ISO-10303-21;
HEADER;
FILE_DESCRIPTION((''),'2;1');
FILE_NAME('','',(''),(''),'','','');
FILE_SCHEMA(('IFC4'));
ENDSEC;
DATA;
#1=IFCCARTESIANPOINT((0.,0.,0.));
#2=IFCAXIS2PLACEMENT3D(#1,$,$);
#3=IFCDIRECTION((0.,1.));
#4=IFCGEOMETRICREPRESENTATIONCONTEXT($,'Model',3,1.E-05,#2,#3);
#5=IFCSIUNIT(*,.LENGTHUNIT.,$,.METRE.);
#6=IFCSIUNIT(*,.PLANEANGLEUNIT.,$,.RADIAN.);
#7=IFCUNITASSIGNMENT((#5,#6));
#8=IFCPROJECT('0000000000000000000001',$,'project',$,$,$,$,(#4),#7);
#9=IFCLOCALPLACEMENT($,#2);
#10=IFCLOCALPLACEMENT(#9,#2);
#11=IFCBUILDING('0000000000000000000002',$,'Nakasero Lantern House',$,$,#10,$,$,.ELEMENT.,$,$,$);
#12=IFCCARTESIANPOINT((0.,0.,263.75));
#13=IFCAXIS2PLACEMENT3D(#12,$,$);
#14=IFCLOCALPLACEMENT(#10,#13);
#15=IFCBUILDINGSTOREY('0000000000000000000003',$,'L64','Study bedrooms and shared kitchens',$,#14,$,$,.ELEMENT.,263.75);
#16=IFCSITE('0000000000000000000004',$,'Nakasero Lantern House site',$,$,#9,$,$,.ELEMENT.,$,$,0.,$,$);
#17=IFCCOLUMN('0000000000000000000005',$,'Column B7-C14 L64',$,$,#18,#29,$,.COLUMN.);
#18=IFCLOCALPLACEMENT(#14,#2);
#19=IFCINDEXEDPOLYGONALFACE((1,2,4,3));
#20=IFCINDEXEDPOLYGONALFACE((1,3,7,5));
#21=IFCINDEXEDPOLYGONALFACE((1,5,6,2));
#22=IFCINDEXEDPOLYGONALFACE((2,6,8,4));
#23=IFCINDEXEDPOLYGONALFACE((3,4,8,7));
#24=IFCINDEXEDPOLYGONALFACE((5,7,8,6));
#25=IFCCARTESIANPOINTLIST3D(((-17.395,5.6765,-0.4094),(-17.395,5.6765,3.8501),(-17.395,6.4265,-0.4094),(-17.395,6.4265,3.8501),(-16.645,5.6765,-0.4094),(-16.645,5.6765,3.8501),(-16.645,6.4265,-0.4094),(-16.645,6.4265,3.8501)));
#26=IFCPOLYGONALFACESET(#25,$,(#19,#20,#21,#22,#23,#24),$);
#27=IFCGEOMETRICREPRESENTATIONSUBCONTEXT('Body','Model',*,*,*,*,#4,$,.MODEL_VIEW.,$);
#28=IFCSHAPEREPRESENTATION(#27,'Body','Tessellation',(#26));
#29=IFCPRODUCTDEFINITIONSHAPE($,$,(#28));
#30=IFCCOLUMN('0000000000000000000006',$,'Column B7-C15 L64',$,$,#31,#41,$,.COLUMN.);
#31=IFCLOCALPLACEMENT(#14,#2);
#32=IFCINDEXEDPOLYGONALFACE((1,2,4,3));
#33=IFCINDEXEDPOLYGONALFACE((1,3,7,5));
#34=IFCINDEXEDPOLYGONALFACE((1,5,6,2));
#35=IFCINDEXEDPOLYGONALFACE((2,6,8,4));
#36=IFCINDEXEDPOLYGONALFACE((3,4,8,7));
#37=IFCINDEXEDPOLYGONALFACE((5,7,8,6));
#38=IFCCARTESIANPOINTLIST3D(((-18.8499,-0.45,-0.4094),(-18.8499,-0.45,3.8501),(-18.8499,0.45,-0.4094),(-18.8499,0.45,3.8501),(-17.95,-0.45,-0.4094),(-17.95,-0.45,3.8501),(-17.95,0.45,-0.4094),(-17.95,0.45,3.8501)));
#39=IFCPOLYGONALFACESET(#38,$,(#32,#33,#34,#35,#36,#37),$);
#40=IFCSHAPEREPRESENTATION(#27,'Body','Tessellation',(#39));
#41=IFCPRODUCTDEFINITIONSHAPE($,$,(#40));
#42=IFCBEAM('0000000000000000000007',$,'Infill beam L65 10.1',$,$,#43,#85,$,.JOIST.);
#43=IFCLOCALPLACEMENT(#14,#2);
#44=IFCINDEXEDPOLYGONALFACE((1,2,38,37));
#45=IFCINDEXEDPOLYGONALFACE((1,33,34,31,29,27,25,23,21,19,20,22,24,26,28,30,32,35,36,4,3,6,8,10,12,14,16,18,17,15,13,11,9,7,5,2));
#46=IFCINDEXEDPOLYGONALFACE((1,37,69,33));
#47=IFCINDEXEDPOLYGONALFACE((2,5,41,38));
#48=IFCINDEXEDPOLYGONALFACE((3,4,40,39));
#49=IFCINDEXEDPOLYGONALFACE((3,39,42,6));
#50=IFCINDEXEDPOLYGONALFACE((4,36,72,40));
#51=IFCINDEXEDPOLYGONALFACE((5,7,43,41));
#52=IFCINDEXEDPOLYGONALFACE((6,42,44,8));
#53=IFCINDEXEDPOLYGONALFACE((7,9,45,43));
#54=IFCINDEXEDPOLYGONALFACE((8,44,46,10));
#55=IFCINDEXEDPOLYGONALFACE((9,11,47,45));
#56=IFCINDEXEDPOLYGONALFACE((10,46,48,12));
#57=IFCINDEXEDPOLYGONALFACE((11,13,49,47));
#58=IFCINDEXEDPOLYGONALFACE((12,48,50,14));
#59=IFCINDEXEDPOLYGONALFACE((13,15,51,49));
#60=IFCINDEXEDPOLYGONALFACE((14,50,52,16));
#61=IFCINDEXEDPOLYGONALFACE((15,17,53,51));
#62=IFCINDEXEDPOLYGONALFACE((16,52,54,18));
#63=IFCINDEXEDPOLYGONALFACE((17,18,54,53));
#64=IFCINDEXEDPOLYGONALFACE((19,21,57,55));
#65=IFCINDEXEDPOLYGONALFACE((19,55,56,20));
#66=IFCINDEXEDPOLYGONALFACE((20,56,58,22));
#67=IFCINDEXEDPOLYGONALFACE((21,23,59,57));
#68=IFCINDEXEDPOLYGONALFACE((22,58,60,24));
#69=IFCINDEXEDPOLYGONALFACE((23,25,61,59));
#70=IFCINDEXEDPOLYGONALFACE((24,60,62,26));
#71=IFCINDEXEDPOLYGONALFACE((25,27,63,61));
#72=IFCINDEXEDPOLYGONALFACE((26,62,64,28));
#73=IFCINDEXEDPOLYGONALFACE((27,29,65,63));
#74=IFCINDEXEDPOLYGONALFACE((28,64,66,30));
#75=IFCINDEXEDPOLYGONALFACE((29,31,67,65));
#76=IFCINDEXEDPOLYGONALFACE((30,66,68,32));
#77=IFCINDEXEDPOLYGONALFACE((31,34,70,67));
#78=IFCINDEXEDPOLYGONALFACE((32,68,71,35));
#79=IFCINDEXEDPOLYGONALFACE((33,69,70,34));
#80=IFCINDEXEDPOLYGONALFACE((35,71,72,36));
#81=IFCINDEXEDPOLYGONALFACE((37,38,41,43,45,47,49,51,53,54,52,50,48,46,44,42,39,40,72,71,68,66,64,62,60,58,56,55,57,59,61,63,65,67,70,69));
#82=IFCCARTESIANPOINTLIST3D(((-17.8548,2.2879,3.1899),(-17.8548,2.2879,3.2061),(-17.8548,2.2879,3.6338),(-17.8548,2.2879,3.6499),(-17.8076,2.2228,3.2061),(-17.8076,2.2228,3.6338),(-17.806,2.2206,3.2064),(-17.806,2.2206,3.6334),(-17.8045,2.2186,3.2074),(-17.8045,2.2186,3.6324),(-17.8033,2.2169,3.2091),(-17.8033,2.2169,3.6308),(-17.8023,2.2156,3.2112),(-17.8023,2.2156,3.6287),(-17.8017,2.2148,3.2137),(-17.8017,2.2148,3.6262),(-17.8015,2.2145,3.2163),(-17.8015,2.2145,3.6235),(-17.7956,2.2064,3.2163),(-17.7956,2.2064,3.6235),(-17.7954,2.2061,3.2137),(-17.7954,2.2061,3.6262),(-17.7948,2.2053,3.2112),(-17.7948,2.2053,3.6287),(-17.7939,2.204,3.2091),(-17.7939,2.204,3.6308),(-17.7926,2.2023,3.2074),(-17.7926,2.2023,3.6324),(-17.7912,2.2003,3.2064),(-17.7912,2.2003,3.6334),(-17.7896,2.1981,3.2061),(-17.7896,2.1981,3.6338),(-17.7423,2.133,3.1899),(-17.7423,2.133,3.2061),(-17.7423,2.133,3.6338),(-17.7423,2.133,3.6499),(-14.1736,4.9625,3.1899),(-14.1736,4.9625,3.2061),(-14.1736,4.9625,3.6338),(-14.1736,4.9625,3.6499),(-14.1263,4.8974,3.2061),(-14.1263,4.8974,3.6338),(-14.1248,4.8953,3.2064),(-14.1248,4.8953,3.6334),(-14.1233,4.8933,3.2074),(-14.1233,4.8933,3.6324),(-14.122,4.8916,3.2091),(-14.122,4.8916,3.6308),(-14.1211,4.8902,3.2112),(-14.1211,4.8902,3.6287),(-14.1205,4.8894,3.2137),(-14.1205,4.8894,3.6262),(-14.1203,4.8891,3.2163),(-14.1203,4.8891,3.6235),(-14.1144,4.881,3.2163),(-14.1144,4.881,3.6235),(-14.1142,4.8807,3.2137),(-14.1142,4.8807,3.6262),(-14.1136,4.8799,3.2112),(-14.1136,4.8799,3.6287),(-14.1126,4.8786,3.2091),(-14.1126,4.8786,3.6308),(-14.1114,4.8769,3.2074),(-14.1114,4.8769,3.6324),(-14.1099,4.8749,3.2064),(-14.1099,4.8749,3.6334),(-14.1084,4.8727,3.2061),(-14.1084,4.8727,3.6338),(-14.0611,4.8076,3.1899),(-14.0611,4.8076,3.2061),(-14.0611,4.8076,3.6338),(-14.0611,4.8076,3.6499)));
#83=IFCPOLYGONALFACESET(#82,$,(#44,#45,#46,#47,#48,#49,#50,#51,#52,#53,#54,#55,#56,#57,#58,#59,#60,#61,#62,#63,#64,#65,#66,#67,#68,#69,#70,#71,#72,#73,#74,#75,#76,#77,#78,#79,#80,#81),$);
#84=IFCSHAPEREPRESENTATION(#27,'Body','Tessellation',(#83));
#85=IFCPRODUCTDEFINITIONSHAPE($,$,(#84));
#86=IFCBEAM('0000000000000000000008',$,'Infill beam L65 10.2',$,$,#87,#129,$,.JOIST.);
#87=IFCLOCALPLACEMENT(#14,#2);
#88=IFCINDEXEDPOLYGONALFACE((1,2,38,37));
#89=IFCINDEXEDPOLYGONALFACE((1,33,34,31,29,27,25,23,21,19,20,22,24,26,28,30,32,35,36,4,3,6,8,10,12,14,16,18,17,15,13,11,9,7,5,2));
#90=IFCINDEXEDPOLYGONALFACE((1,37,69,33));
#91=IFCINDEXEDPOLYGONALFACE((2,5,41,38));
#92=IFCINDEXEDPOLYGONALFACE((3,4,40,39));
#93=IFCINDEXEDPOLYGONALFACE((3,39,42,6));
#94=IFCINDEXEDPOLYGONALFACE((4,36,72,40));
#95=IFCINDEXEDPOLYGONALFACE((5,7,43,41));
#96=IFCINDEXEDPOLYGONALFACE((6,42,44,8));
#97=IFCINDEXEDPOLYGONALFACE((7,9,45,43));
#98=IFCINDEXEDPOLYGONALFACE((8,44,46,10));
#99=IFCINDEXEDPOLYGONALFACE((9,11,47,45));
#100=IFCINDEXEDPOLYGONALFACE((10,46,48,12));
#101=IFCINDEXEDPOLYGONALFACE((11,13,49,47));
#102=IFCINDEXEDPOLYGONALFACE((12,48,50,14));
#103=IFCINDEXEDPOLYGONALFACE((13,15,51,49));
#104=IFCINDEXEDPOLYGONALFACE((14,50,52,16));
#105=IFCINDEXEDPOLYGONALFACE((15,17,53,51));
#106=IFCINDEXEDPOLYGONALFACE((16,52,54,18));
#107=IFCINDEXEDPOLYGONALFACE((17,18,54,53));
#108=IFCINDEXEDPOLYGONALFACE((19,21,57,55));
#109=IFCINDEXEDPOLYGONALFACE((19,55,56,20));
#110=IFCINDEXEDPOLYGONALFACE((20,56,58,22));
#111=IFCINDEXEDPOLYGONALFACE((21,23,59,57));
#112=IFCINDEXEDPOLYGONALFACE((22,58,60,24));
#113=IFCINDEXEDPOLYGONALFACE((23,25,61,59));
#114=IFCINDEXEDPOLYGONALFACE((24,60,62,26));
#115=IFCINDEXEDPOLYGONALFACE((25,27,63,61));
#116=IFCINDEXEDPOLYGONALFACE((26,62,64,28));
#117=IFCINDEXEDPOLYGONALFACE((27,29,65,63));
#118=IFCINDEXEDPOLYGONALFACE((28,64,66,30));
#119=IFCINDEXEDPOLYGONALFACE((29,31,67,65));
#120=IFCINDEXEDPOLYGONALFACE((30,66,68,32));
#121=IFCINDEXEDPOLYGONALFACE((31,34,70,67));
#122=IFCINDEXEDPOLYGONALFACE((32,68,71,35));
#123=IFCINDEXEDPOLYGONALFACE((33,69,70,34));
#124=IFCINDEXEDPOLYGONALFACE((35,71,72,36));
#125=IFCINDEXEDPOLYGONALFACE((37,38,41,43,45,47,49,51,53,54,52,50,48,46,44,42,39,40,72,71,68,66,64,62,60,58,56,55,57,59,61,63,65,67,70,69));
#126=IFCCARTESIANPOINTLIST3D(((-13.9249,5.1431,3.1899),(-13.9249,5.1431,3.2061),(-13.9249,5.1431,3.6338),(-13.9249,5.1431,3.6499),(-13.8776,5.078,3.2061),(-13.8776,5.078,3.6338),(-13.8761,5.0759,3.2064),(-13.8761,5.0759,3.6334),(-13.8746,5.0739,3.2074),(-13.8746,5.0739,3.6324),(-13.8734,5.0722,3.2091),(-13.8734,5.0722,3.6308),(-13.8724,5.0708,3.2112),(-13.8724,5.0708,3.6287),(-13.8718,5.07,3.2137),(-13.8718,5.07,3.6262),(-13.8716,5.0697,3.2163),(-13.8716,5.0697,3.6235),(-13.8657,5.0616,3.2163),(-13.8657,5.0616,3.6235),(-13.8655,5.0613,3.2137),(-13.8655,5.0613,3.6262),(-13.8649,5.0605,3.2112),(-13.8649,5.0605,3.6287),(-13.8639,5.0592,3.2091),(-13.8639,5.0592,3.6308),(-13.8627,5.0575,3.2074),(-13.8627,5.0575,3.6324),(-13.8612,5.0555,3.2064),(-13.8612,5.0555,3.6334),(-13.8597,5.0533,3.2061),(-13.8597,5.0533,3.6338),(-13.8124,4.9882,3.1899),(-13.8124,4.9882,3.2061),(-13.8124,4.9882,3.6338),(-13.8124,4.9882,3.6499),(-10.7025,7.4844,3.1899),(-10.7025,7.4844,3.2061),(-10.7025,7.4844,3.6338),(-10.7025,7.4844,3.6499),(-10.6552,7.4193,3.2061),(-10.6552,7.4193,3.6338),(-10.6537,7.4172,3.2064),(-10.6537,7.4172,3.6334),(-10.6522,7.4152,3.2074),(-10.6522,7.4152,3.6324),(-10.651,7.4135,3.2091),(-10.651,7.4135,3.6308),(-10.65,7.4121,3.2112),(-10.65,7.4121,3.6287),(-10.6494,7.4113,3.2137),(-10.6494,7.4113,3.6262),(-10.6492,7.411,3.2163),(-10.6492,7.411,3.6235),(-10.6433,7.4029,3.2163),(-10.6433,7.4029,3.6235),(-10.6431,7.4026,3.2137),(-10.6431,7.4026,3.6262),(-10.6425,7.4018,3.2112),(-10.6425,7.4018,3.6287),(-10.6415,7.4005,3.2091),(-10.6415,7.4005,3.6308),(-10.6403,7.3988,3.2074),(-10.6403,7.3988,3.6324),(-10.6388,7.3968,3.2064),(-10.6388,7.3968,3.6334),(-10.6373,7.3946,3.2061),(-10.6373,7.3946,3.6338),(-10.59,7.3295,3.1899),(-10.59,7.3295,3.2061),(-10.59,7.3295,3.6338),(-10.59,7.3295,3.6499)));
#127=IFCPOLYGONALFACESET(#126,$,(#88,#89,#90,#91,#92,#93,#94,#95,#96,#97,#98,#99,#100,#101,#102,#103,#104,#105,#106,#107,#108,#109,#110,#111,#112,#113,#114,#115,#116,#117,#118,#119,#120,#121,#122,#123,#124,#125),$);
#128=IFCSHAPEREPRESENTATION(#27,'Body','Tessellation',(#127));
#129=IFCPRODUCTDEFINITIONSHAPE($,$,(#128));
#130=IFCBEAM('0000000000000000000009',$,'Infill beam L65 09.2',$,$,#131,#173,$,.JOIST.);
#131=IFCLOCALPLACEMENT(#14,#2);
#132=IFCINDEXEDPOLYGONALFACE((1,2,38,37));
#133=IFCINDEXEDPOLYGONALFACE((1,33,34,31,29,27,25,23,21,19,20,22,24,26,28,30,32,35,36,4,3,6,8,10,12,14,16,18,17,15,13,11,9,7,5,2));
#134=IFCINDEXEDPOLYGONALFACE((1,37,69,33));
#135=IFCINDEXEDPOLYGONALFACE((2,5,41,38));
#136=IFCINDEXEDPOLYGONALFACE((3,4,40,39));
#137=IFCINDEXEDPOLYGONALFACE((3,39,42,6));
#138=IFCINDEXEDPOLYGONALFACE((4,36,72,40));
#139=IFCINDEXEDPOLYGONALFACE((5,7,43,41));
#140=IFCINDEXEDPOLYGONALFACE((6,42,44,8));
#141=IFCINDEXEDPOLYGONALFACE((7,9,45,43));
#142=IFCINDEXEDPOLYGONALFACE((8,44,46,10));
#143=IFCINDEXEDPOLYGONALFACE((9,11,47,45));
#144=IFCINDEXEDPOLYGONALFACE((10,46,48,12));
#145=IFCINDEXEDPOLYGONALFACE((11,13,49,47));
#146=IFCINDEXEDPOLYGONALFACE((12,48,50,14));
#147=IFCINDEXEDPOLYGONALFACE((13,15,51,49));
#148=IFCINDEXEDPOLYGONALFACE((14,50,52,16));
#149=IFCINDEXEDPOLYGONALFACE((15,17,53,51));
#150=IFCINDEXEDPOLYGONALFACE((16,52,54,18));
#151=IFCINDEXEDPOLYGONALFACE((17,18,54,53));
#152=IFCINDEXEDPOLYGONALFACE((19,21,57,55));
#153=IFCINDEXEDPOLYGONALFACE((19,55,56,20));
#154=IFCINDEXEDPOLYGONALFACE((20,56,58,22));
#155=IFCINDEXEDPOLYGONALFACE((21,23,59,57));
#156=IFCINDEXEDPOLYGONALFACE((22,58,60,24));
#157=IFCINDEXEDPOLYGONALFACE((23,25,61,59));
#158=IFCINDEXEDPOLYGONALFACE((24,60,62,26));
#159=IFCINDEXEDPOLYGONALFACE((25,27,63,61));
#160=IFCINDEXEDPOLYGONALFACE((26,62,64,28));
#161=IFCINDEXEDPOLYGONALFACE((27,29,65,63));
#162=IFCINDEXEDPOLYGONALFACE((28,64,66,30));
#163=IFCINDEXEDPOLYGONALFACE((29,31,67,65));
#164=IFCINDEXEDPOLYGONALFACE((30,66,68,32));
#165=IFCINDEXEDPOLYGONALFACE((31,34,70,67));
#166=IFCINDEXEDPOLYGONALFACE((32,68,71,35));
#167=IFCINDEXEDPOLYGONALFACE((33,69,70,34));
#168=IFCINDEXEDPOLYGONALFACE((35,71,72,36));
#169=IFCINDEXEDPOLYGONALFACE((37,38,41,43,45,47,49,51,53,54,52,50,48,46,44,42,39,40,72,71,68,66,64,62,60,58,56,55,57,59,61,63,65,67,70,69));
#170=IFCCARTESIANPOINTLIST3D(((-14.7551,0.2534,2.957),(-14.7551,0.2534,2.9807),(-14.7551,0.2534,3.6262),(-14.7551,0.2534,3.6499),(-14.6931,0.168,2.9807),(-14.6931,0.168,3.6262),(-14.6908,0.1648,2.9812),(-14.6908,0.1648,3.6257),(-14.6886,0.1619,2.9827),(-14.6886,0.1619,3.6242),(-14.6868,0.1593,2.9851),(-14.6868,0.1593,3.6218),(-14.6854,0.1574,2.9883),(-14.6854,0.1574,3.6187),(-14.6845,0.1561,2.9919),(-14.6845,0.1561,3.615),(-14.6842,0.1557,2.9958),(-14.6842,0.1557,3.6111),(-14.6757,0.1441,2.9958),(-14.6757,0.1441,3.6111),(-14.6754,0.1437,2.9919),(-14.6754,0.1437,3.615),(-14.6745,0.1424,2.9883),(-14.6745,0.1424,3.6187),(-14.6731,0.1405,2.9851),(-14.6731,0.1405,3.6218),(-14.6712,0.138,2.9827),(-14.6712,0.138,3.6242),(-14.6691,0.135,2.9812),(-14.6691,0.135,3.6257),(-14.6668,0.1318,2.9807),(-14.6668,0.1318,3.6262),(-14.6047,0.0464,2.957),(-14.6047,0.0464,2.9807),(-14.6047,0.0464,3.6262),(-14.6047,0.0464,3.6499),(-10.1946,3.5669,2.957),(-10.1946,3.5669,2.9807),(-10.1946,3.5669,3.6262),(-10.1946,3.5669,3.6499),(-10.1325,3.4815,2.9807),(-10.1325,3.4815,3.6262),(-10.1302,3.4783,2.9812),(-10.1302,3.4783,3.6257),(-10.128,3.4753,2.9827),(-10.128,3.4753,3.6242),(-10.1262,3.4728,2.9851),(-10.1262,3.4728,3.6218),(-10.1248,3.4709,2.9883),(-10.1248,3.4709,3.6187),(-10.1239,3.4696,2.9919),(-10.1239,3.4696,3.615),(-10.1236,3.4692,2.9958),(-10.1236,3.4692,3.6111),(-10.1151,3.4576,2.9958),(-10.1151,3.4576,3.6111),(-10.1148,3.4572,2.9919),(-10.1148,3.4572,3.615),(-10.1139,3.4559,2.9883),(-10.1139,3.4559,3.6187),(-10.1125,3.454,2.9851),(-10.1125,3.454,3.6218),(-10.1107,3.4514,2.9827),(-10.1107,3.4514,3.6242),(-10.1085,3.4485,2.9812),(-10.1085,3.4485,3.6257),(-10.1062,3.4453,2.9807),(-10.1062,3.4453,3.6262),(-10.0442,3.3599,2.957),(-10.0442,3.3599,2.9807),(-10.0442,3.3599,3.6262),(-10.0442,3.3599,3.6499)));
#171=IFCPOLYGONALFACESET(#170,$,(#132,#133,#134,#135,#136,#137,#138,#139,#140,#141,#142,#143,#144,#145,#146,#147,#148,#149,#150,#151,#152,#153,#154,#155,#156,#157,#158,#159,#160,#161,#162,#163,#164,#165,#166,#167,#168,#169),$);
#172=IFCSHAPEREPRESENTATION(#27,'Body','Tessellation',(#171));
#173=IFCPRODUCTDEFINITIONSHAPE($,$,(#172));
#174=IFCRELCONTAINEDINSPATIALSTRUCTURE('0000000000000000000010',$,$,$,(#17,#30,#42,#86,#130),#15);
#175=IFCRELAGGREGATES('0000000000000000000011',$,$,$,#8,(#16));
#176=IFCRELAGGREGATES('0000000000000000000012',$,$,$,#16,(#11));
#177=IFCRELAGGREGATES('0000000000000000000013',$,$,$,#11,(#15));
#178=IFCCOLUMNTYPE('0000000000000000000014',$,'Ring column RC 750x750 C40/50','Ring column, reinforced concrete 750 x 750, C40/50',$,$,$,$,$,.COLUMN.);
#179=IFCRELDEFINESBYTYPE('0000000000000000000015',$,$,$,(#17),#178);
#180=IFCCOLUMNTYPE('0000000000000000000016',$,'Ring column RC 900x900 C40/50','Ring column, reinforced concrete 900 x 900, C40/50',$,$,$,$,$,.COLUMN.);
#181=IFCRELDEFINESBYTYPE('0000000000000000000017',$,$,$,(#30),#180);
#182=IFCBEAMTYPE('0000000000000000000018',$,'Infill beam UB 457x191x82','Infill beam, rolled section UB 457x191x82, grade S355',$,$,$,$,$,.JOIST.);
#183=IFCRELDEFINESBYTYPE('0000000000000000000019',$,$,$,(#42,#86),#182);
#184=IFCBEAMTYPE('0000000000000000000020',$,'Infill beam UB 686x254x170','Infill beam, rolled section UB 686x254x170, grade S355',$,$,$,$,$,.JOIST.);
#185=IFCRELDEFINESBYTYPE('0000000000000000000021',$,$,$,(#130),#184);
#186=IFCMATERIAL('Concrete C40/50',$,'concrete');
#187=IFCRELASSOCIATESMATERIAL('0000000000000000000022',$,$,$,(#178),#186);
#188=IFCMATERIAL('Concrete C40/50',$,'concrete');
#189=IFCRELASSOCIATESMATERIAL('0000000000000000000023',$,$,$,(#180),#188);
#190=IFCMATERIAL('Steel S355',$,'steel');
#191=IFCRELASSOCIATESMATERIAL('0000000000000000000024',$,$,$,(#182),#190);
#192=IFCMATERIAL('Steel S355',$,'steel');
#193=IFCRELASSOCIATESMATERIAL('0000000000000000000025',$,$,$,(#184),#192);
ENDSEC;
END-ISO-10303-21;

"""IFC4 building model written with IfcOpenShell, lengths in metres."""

from ifc_helpers import new_model, si_unit, direction, frame, origin, origin_2d, place, context, subcontext, project, spatial, rectangle, i_section, extrude, material, material_profile, profile_set, type_object, element, save


model = new_model("IFC4")

# Units and contexts
model_context = context("Model", 3, precision=1e-05, world=origin(), true_north=direction((0.0, 1.0)))
body_context = subcontext(model_context, "Body", "Model", "MODEL_VIEW")
ifc_project = project(units=[si_unit("LENGTHUNIT", "METRE"), si_unit("PLANEANGLEUNIT", "RADIAN")], contexts=[model_context])

# Site, building, storey
site_placement = place(None, origin())
site = spatial("IfcSite", under=ifc_project, at=site_placement, Name="Nakasero Lantern House site", CompositionType="ELEMENT", RefElevation=0.0)
building_placement = place(site_placement, origin())
building = spatial("IfcBuilding", under=site, at=building_placement, Name="Nakasero Lantern House", CompositionType="ELEMENT")
storey_placement = place(building_placement, frame((0.0, 0.0, 263.75)))
storey = spatial("IfcBuildingStorey", under=building, at=storey_placement, Name="L64", Description="Study bedrooms and shared kitchens", CompositionType="ELEMENT", Elevation=263.75)

# Columns
ifc_material_1 = material(Name="Concrete C40/50", Category="concrete")
ifc_material_profile_1 = material_profile(ifc_material_1, rectangle(XDim=0.75, YDim=0.75, at=origin_2d()), Name="RC 750x750")
ifc_profile_set_1 = profile_set([ifc_material_profile_1], Name="Concrete C40/50")
column_type_1 = type_object("IfcColumnType", Name="Ring column RC 750x750 C40/50", Description="Ring column, reinforced concrete 750 x 750, C40/50", PredefinedType="COLUMN", material=ifc_profile_set_1)
column_1_placement = place(storey_placement, frame((-17.02, 6.0515, -0.4094), z_axis=(0.0, 0.0, 1.0), x_axis=(1.0, 0.0, 0.0)))
element("IfcColumn", 1, at=column_1_placement, inside=storey, type_object=column_type_1, Name="Column B7-C14 L64", PredefinedType="COLUMN", context=body_context, shape_type="SweptSolid", body=[
    extrude(rectangle(XDim=0.75, YDim=0.75, at=origin_2d()), origin(), (0.0, 0.0, 1.0), 4.2595),
])
ifc_material_2 = material(Name="Concrete C40/50", Category="concrete")
ifc_material_profile_2 = material_profile(ifc_material_2, rectangle(XDim=0.8999, YDim=0.8999, at=origin_2d()), Name="RC 900x900")
ifc_profile_set_2 = profile_set([ifc_material_profile_2], Name="Concrete C40/50")
column_type_2 = type_object("IfcColumnType", Name="Ring column RC 900x900 C40/50", Description="Ring column, reinforced concrete 900 x 900, C40/50", PredefinedType="COLUMN", material=ifc_profile_set_2)
column_2_placement = place(storey_placement, frame((-18.3999, 0.0, -0.4094), z_axis=(0.0, 0.0, 1.0), x_axis=(1.0, 0.0, 0.0)))
element("IfcColumn", 2, at=column_2_placement, inside=storey, type_object=column_type_2, Name="Column B7-C15 L64", PredefinedType="COLUMN", context=body_context, shape_type="SweptSolid", body=[
    extrude(rectangle(XDim=0.8999, YDim=0.8999, at=origin_2d()), origin(), (0.0, 0.0, 1.0), 4.2595),
])

# Beams
ifc_material_3 = material(Name="Steel S355", Category="steel")
ifc_material_profile_3 = material_profile(ifc_material_3, i_section(OverallWidth=0.1914, OverallDepth=0.46, WebThickness=0.01, FlangeThickness=0.0161, FilletRadius=0.0103, at=origin_2d()), Name="UB 457x191x82")
ifc_profile_set_3 = profile_set([ifc_material_profile_3], Name="Steel S355")
beam_type_1 = type_object("IfcBeamType", Name="Infill beam UB 457x191x82", Description="Infill beam, rolled section UB 457x191x82, grade S355", PredefinedType="JOIST", material=ifc_profile_set_3)
beam_1_placement = place(storey_placement, frame((-17.7986, 2.2104, 3.4199), z_axis=(0.809012, 0.587792, 0.0), x_axis=(-0.587792, 0.809012, 0.0)))
element("IfcBeam", 3, at=beam_1_placement, inside=storey, type_object=beam_type_1, Name="Infill beam L65 10.1", PredefinedType="JOIST", context=body_context, shape_type="SweptSolid", body=[
    extrude(i_section(OverallWidth=0.1914, OverallDepth=0.46, WebThickness=0.01, FlangeThickness=0.0161, FilletRadius=0.0103, at=origin_2d()), origin(), (0.0, 0.0, 1.0), 4.5503),
])
beam_2_placement = place(storey_placement, frame((-13.8687, 5.0657, 3.4199), z_axis=(0.809006, 0.5878, 0.0), x_axis=(-0.5878, 0.809006, 0.0)))
element("IfcBeam", 4, at=beam_2_placement, inside=storey, type_object=beam_type_1, Name="Infill beam L65 10.2", PredefinedType="JOIST", context=body_context, shape_type="SweptSolid", body=[
    extrude(i_section(OverallWidth=0.1914, OverallDepth=0.46, WebThickness=0.01, FlangeThickness=0.0161, FilletRadius=0.0103, at=origin_2d()), origin(), (0.0, 0.0, 1.0), 3.9832),
])
ifc_material_4 = material(Name="Steel S355", Category="steel")
ifc_material_profile_4 = material_profile(ifc_material_4, i_section(OverallWidth=0.2559, OverallDepth=0.6929, WebThickness=0.0144, FlangeThickness=0.0237, FilletRadius=0.0151, at=origin_2d()), Name="UB 686x254x170")
ifc_profile_set_4 = profile_set([ifc_material_profile_4], Name="Steel S355")
beam_type_2 = type_object("IfcBeamType", Name="Infill beam UB 686x254x170", Description="Infill beam, rolled section UB 686x254x170, grade S355", PredefinedType="JOIST", material=ifc_profile_set_4)
beam_3_placement = place(storey_placement, frame((-14.6799, 0.1499, 3.3035), z_axis=(0.809013, 0.587791, 0.0), x_axis=(-0.587791, 0.809013, 0.0)))
element("IfcBeam", 5, at=beam_3_placement, inside=storey, type_object=beam_type_2, Name="Infill beam L65 09.2", PredefinedType="JOIST", context=body_context, shape_type="SweptSolid", body=[
    extrude(i_section(OverallWidth=0.2559, OverallDepth=0.6929, WebThickness=0.0144, FlangeThickness=0.0237, FilletRadius=0.0151, at=origin_2d()), origin(), (0.0, 0.0, 1.0), 5.6372),
])

save(model, "model.ifc")
